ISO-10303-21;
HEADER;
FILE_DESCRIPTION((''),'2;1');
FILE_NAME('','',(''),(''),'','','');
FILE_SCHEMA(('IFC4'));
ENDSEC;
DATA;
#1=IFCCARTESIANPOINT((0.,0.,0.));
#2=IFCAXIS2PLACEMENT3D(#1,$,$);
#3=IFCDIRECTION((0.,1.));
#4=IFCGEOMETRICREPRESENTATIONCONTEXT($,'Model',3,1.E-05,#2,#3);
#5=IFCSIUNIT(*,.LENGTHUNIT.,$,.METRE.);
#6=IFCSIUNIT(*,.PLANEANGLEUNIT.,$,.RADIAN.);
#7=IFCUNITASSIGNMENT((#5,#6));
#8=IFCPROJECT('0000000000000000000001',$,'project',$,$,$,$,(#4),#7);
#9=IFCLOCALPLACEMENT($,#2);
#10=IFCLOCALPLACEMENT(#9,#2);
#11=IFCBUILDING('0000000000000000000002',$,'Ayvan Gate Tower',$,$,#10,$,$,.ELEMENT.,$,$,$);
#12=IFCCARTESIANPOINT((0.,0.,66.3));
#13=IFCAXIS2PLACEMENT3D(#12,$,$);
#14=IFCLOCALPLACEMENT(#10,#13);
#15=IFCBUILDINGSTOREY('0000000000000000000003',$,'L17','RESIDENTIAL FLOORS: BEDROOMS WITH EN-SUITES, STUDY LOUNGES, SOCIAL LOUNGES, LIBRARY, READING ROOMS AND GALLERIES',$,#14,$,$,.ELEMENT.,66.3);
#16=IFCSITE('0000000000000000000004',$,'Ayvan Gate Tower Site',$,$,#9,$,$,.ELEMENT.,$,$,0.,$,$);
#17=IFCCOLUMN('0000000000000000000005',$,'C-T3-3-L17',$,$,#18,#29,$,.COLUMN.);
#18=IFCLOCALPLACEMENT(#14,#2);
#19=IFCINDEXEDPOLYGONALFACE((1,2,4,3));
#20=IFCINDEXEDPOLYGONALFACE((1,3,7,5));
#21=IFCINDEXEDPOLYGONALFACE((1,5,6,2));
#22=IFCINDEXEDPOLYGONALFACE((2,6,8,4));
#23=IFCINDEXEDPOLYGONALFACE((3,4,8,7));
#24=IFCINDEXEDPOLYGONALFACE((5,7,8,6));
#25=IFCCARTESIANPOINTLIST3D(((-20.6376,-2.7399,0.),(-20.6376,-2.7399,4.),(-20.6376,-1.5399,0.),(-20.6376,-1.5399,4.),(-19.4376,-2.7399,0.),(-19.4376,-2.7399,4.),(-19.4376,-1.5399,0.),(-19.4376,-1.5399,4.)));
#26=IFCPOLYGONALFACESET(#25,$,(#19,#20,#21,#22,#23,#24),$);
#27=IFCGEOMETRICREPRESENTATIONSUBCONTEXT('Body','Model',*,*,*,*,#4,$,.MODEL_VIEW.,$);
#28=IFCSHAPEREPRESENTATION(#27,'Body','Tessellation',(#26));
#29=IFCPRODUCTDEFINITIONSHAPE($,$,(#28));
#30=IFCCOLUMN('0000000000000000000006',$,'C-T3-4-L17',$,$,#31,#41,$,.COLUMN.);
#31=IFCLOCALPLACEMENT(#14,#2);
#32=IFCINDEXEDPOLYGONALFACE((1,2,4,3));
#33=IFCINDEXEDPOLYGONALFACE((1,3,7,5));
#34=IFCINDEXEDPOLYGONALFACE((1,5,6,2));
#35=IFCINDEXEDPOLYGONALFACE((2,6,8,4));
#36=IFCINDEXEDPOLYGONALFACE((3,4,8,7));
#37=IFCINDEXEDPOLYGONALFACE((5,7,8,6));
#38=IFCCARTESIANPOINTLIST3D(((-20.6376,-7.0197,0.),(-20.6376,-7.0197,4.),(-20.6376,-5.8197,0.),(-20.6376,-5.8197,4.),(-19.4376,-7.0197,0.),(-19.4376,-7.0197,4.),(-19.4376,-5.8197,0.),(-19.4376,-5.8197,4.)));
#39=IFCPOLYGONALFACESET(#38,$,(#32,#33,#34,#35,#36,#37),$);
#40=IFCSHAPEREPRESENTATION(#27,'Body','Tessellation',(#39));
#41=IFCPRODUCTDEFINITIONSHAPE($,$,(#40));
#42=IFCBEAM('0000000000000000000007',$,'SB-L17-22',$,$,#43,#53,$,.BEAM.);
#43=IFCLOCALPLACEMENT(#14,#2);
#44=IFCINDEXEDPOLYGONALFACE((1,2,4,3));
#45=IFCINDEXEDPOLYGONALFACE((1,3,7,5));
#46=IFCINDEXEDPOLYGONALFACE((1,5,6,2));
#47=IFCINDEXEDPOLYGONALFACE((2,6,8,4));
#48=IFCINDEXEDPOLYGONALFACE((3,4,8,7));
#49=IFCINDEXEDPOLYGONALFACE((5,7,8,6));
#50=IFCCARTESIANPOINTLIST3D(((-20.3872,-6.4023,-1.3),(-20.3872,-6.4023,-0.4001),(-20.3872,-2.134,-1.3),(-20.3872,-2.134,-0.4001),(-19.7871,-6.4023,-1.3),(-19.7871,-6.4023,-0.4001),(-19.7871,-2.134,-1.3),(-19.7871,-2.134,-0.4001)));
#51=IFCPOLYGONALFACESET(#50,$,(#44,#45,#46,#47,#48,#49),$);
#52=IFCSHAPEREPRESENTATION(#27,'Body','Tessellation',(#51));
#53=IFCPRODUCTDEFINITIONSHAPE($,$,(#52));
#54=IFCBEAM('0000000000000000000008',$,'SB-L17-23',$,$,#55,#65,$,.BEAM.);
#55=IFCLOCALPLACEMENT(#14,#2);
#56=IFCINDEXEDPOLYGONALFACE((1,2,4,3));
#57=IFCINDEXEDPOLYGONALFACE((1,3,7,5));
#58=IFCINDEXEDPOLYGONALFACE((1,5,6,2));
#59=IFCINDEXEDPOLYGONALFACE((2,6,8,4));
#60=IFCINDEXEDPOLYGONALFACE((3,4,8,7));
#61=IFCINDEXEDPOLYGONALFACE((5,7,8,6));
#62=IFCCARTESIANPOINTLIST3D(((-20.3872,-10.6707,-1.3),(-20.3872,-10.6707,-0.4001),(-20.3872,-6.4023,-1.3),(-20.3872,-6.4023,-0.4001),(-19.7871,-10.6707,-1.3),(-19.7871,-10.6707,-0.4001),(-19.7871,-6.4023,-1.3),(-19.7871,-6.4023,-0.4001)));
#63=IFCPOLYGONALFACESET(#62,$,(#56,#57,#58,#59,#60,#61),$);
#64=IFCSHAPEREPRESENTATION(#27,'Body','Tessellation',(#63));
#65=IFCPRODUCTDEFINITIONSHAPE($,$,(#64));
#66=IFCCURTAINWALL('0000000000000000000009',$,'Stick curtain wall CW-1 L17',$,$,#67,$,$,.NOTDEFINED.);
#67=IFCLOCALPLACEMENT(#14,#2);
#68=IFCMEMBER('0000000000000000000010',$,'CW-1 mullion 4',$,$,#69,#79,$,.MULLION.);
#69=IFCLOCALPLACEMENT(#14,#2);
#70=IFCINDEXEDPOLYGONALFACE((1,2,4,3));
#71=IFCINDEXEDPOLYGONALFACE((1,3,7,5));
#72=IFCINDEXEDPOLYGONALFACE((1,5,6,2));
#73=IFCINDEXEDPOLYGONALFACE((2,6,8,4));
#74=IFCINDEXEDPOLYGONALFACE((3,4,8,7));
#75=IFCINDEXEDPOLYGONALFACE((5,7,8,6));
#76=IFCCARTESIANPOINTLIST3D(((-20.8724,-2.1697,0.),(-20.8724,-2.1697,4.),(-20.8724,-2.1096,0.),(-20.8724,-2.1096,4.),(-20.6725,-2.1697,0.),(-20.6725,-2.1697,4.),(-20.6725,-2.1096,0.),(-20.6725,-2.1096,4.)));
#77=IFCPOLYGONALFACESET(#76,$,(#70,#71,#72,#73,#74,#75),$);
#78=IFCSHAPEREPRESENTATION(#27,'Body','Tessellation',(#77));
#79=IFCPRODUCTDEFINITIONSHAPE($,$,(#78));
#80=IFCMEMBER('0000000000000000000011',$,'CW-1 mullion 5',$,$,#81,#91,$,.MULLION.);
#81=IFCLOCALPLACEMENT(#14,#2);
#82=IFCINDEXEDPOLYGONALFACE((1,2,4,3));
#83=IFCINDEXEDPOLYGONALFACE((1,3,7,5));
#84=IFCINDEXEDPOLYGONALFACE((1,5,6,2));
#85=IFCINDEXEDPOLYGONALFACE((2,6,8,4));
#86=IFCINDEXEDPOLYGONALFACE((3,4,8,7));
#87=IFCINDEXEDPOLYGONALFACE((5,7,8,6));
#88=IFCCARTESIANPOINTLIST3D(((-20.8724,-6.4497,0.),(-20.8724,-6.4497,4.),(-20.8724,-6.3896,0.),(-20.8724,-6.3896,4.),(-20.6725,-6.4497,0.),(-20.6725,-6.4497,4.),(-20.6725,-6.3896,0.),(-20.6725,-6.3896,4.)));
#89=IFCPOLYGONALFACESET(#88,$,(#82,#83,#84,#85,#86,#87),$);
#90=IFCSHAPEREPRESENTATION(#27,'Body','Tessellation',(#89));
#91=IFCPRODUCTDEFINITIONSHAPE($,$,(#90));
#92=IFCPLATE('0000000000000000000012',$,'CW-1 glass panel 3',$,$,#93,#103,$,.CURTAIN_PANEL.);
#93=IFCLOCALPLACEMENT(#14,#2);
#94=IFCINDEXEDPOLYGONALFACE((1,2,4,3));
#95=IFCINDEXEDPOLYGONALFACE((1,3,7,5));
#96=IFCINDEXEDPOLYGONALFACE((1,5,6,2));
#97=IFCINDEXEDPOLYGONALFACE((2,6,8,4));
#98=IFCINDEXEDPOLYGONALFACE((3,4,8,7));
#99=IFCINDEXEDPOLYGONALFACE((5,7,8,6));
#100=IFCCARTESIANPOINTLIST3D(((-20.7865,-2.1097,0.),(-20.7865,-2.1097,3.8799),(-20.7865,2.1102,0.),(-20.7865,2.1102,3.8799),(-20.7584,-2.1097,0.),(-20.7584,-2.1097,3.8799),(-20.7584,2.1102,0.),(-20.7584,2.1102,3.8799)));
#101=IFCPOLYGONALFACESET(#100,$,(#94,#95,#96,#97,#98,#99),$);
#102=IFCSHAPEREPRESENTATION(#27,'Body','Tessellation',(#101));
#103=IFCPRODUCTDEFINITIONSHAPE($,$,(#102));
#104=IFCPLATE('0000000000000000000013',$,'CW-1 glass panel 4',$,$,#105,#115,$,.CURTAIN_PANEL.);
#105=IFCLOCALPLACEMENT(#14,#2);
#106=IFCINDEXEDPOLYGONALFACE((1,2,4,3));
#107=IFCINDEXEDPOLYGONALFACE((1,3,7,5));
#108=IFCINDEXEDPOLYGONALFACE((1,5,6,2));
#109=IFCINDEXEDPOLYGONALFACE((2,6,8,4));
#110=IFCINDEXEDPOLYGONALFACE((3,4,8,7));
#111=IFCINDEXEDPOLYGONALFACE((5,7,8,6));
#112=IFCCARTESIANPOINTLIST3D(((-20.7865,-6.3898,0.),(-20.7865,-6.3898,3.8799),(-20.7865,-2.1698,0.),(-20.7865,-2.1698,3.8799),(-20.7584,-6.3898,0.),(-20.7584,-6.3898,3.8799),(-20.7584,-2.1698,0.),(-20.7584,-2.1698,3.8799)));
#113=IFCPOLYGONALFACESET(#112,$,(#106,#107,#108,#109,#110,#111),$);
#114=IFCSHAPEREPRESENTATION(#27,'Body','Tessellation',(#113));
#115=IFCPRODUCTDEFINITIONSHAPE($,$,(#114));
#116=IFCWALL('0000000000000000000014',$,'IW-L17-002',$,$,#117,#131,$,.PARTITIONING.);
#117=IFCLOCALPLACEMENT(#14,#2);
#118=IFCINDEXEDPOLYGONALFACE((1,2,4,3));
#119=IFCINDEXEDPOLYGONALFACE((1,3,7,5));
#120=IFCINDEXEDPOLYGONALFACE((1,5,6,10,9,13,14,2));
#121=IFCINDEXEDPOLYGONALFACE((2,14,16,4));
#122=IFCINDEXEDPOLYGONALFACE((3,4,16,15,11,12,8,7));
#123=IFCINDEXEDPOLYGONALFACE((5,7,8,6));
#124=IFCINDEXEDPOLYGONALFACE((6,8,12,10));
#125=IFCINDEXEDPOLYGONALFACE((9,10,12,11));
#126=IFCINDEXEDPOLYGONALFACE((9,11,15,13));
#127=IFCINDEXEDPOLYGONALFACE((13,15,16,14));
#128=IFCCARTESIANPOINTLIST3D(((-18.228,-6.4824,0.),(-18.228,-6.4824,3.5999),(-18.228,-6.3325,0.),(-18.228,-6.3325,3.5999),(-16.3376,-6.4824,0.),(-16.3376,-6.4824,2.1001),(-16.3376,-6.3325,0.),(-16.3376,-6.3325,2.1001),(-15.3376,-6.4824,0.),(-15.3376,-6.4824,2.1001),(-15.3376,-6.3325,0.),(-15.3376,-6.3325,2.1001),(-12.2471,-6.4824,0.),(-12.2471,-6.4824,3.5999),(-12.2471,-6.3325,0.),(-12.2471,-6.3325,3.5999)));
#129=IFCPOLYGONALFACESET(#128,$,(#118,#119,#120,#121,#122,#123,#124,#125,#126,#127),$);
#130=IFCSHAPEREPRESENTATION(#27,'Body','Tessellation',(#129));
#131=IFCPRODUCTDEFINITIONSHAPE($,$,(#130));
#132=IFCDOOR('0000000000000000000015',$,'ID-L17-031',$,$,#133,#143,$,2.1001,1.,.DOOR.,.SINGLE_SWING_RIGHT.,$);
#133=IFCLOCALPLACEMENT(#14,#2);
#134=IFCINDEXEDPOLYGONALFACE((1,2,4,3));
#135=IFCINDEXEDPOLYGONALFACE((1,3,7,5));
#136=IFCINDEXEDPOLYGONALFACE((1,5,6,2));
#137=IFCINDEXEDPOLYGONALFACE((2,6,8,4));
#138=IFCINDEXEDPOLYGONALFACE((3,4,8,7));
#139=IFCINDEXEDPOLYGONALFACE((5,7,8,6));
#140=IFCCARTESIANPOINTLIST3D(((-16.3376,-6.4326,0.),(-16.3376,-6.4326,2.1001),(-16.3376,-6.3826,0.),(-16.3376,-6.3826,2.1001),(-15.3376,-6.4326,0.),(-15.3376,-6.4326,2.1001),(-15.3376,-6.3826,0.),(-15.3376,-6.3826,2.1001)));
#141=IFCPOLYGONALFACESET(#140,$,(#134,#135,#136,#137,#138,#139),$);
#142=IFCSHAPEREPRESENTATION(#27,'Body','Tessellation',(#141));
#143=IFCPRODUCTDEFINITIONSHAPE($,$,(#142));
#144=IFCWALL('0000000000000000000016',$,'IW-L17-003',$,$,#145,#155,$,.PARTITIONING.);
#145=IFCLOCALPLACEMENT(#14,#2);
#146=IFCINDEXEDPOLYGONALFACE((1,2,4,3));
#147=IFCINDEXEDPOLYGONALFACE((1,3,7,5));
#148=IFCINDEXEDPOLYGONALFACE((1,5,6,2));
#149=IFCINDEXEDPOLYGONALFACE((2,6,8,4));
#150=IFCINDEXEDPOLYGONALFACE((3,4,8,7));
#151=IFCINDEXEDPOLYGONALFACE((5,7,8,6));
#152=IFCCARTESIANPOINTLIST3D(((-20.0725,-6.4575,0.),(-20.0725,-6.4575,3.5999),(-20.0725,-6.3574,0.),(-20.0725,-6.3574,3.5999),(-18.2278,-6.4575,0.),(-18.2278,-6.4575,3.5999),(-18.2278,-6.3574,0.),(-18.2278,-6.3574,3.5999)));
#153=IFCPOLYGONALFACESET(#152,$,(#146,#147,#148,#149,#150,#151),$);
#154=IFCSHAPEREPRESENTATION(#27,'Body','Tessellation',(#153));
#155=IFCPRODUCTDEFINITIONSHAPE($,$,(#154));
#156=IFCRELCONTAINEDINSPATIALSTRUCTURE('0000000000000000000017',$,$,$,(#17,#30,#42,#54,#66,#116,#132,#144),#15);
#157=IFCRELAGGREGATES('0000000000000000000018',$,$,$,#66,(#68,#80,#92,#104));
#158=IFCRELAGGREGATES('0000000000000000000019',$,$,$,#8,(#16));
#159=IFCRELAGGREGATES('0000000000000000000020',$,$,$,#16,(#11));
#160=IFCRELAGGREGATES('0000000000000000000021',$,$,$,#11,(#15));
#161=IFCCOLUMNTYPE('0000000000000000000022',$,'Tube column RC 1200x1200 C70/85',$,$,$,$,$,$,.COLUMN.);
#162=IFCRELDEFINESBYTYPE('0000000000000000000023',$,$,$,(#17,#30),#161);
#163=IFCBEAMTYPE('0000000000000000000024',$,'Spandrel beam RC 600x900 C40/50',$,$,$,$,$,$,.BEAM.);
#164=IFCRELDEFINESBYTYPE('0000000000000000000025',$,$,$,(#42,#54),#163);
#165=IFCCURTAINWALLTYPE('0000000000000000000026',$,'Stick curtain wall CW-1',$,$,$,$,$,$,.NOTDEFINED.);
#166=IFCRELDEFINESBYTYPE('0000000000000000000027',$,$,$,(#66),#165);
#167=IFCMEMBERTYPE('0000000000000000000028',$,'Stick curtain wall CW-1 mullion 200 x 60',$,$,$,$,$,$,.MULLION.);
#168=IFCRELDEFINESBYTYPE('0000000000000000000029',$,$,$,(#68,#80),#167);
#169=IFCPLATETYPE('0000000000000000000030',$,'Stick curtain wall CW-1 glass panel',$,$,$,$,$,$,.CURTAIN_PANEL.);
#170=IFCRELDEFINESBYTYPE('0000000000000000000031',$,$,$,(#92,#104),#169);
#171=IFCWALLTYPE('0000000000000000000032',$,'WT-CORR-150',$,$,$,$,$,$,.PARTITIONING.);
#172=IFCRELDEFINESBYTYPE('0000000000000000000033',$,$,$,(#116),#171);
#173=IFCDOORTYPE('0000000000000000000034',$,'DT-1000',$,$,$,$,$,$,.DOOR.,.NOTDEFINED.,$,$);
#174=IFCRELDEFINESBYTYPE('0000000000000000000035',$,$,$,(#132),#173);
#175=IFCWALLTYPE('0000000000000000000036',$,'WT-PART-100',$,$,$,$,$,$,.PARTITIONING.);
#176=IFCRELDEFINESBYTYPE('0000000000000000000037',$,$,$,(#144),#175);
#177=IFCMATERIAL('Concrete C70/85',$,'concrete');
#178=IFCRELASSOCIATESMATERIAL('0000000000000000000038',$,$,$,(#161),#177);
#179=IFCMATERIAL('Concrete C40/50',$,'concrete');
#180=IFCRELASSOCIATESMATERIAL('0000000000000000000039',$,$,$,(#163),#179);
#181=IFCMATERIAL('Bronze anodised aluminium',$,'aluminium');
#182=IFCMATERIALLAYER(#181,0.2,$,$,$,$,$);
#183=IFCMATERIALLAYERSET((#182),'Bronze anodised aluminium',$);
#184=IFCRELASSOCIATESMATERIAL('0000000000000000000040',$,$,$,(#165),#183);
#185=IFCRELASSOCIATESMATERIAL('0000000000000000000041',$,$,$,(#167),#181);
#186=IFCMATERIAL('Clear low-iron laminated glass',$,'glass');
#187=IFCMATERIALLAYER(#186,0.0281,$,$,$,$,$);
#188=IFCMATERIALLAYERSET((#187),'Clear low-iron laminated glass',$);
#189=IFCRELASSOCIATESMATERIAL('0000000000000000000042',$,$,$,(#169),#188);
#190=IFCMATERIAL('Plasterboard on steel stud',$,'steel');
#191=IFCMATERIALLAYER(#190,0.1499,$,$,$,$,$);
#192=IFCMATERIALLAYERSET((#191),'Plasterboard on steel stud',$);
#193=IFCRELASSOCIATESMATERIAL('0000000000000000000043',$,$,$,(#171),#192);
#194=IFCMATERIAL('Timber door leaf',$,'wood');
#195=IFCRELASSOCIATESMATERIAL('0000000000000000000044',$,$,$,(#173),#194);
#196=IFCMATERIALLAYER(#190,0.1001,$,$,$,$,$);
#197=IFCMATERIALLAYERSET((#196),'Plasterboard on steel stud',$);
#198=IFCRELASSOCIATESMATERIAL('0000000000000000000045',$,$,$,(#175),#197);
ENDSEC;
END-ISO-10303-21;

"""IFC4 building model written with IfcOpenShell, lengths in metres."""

from ifc_helpers import new_model, si_unit, direction, frame, frame_2d, origin, origin_2d, place, context, subcontext, project, spatial, rectangle, extrude, material, layer, layer_set, material_profile, profile_set, type_object, element, fill, aggregate, save


model = new_model("IFC4")

# Units and contexts
model_context = context("Model", 3, precision=1e-05, world=origin(), true_north=direction((0.0, 1.0)))
body_context = subcontext(model_context, "Body", "Model", "MODEL_VIEW")
ifc_project = project(units=[si_unit("LENGTHUNIT", "METRE"), si_unit("PLANEANGLEUNIT", "RADIAN")], contexts=[model_context])

# Site, building, storey
site_placement = place(None, origin())
site = spatial("IfcSite", under=ifc_project, at=site_placement, Name="Ayvan Gate Tower Site", CompositionType="ELEMENT", RefElevation=0.0)
building_placement = place(site_placement, origin())
building = spatial("IfcBuilding", under=site, at=building_placement, Name="Ayvan Gate Tower", CompositionType="ELEMENT")
storey_placement = place(building_placement, frame((0.0, 0.0, 66.3)))
storey = spatial("IfcBuildingStorey", under=building, at=storey_placement, Name="L17", Description="RESIDENTIAL FLOORS: BEDROOMS WITH EN-SUITES, STUDY LOUNGES, SOCIAL LOUNGES, LIBRARY, READING ROOMS AND GALLERIES", CompositionType="ELEMENT", Elevation=66.3)

# Columns
ifc_material_1 = material(Name="Concrete C70/85", Category="concrete")
ifc_material_profile_1 = material_profile(ifc_material_1, rectangle(XDim=1.2, YDim=1.2, at=origin_2d()), Name="RC 1200x1200")
ifc_profile_set_1 = profile_set([ifc_material_profile_1], Name="Concrete C70/85")
column_type = type_object("IfcColumnType", Name="Tube column RC 1200x1200 C70/85", PredefinedType="COLUMN", material=ifc_profile_set_1)
for number, where, z_axis, x_axis, name in (
    (1, (-20.0376, -2.1399, 0.0), (0.0, 0.0, 1.0), (-1.0, 0.0, 0.0), "C-T3-3-L17"),
    (2, (-20.0376, -6.4197, 0.0), (0.0, 0.0, 1.0), (-1.0, 0.0, 0.0), "C-T3-4-L17"),
):
    element("IfcColumn", number, at=place(storey_placement, frame(where, z_axis=z_axis, x_axis=x_axis)), inside=storey, type_object=column_type, Name=name, PredefinedType="COLUMN", context=body_context, shape_type="SweptSolid", body=[
        extrude(rectangle(XDim=1.2, YDim=1.2, at=origin_2d()), origin(), (0.0, 0.0, 1.0), 4.0),
    ])

# Beams
ifc_material_2 = material(Name="Concrete C40/50", Category="concrete")
ifc_material_profile_2 = material_profile(ifc_material_2, rectangle(XDim=0.6001, YDim=0.8999, at=origin_2d()), Name="RC 600x900")
ifc_profile_set_2 = profile_set([ifc_material_profile_2], Name="Concrete C40/50")
beam_type = type_object("IfcBeamType", Name="Spandrel beam RC 600x900 C40/50", PredefinedType="BEAM", material=ifc_profile_set_2)
for number, where, z_axis, x_axis, name in (
    (3, (-20.0872, -2.134, -0.8501), (0.0, -1.0, 0.0), (1.0, 0.0, 0.0), "SB-L17-22"),
    (4, (-20.0872, -6.4023, -0.8501), (0.0, -1.0, 0.0), (1.0, 0.0, 0.0), "SB-L17-23"),
):
    element("IfcBeam", number, at=place(storey_placement, frame(where, z_axis=z_axis, x_axis=x_axis)), inside=storey, type_object=beam_type, Name=name, PredefinedType="BEAM", context=body_context, shape_type="SweptSolid", body=[
        extrude(rectangle(XDim=0.6001, YDim=0.8999, at=origin_2d()), origin(), (0.0, 0.0, 1.0), 4.2683),
    ])

# Curtain wall, members, plates
ifc_material_3 = material(Name="Bronze anodised aluminium", Category="aluminium")
ifc_layer_1 = layer(ifc_material_3, 0.2)
ifc_layer_set_1 = layer_set([ifc_layer_1], Name="Bronze anodised aluminium")
curtain_wall_type = type_object("IfcCurtainWallType", Name="Stick curtain wall CW-1", PredefinedType="NOTDEFINED", material=ifc_layer_set_1)
curtain_wall_placement = place(storey_placement, origin())
curtain_wall = element("IfcCurtainWall", 5, at=curtain_wall_placement, inside=storey, type_object=curtain_wall_type, Name="Stick curtain wall CW-1 L17", PredefinedType="NOTDEFINED")
ifc_material_profile_3 = material_profile(ifc_material_3, rectangle(XDim=0.2, YDim=0.0601, at=origin_2d()), Name="Stick curtain wall CW-1 mullion 200 x 60")
ifc_profile_set_3 = profile_set([ifc_material_profile_3], Name="Bronze anodised aluminium")
member_type = type_object("IfcMemberType", Name="Stick curtain wall CW-1 mullion 200 x 60", PredefinedType="MULLION", material=ifc_profile_set_3)
member_1_placement = place(storey_placement, frame((-20.7725, -2.1396, 0.0), z_axis=(0.0, 0.0, 1.0), x_axis=(-1.0, 0.0, 0.0)))
member_1 = element("IfcMember", 6, at=member_1_placement, type_object=member_type, Name="CW-1 mullion 4", PredefinedType="MULLION", context=body_context, shape_type="SweptSolid", body=[
    extrude(rectangle(XDim=0.2, YDim=0.0601, at=origin_2d()), origin(), (0.0, 0.0, 1.0), 4.0),
])
member_2_placement = place(storey_placement, frame((-20.7725, -6.4197, 0.0), z_axis=(0.0, 0.0, 1.0), x_axis=(-1.0, 0.0, 0.0)))
member_2 = element("IfcMember", 7, at=member_2_placement, type_object=member_type, Name="CW-1 mullion 5", PredefinedType="MULLION", context=body_context, shape_type="SweptSolid", body=[
    extrude(rectangle(XDim=0.2, YDim=0.0601, at=origin_2d()), origin(), (0.0, 0.0, 1.0), 4.0),
])
ifc_material_4 = material(Name="Clear low-iron laminated glass", Category="glass")
ifc_layer_2 = layer(ifc_material_4, 0.0281)
ifc_layer_set_2 = layer_set([ifc_layer_2], Name="Clear low-iron laminated glass")
plate_type = type_object("IfcPlateType", Name="Stick curtain wall CW-1 glass panel", PredefinedType="CURTAIN_PANEL", material=ifc_layer_set_2)
plate_1_placement = place(storey_placement, frame((-20.7725, 0.0002, 0.0), z_axis=(0.0, 0.0, 1.0), x_axis=(0.0, -1.0, 0.0)))
plate_1 = element("IfcPlate", 8, at=plate_1_placement, type_object=plate_type, Name="CW-1 glass panel 3", PredefinedType="CURTAIN_PANEL", context=body_context, shape_type="SweptSolid", body=[
    extrude(rectangle(XDim=4.22, YDim=0.0281, at=origin_2d()), origin(), (0.0, 0.0, 1.0), 3.8799),
])
plate_2_placement = place(storey_placement, frame((-20.7725, -4.2798, 0.0), z_axis=(0.0, 0.0, 1.0), x_axis=(0.0, -1.0, 0.0)))
plate_2 = element("IfcPlate", 9, at=plate_2_placement, type_object=plate_type, Name="CW-1 glass panel 4", PredefinedType="CURTAIN_PANEL", context=body_context, shape_type="SweptSolid", body=[
    extrude(rectangle(XDim=4.22, YDim=0.0281, at=origin_2d()), origin(), (0.0, 0.0, 1.0), 3.8799),
])
aggregate(curtain_wall, [member_1, member_2, plate_1, plate_2])

# Wall, opening, door
ifc_material_5 = material(Name="Plasterboard on steel stud", Category="steel")
ifc_layer_3 = layer(ifc_material_5, 0.1499)
ifc_layer_set_3 = layer_set([ifc_layer_3], Name="Plasterboard on steel stud")
wall_type_1 = type_object("IfcWallType", Name="WT-CORR-150", PredefinedType="PARTITIONING", material=ifc_layer_set_3)
wall_1_placement = place(storey_placement, frame((-18.228, -6.4075, 0.0), z_axis=(0.0, 0.0, 1.0), x_axis=(1.0, 0.0, 0.0)))
wall_1 = element("IfcWall", 10, at=wall_1_placement, inside=storey, type_object=wall_type_1, Name="IW-L17-002", PredefinedType="PARTITIONING", context=body_context, shape_type="SweptSolid", body=[
    extrude(rectangle(XDim=5.981, YDim=0.1499, at=frame_2d((2.9905, 0.0))), origin(), (0.0, 0.0, 1.0), 3.5999),
])
opening_1_placement = place(wall_1_placement, frame((1.8904, 0.0, 0.0)))
opening_1 = element("IfcOpeningElement", 11, at=opening_1_placement, cuts=wall_1, PredefinedType="OPENING", context=body_context, shape_type="SweptSolid", body=[
    extrude(rectangle(XDim=1.0, YDim=2.1001, at=frame_2d((0.5, 1.05))), frame((0.0, 0.085, 0.0), z_axis=(0.0, -1.0, 0.0), x_axis=(1.0, 0.0, 0.0)), (0.0, 0.0, 1.0), 0.1699),
])
ifc_material_6 = material(Name="Timber door leaf", Category="wood")
door_type_1 = type_object("IfcDoorType", Name="DT-1000", OperationType="NOTDEFINED", PredefinedType="DOOR", material=ifc_material_6)
door_1_placement = place(opening_1_placement, origin())
door_1 = element("IfcDoor", 12, at=door_1_placement, inside=storey, type_object=door_type_1, Name="ID-L17-031", OperationType="SINGLE_SWING_RIGHT", OverallHeight=2.1001, OverallWidth=1.0, PredefinedType="DOOR", context=body_context, shape_type="SweptSolid", body=[
    extrude(rectangle(XDim=1.0, YDim=2.1001, at=frame_2d((0.5, 1.05))), frame((0.0, 0.0249, 0.0), z_axis=(0.0, -1.0, 0.0), x_axis=(1.0, 0.0, 0.0)), (0.0, 0.0, 1.0), 0.05),
])
fill(opening_1, door_1)

# Wall
ifc_layer_4 = layer(ifc_material_5, 0.1001)
ifc_layer_set_4 = layer_set([ifc_layer_4], Name="Plasterboard on steel stud")
wall_type_2 = type_object("IfcWallType", Name="WT-PART-100", PredefinedType="PARTITIONING", material=ifc_layer_set_4)
wall_2_placement = place(storey_placement, frame((-18.2278, -6.4075, 0.0), z_axis=(0.0, 0.0, 1.0), x_axis=(-1.0, 0.0, 0.0)))
element("IfcWall", 13, at=wall_2_placement, inside=storey, type_object=wall_type_2, Name="IW-L17-003", PredefinedType="PARTITIONING", context=body_context, shape_type="SweptSolid", body=[
    extrude(rectangle(XDim=1.8447, YDim=0.1001, at=frame_2d((0.9224, 0.0))), origin(), (0.0, 0.0, 1.0), 3.5999),
])

save(model, "model.ifc")
